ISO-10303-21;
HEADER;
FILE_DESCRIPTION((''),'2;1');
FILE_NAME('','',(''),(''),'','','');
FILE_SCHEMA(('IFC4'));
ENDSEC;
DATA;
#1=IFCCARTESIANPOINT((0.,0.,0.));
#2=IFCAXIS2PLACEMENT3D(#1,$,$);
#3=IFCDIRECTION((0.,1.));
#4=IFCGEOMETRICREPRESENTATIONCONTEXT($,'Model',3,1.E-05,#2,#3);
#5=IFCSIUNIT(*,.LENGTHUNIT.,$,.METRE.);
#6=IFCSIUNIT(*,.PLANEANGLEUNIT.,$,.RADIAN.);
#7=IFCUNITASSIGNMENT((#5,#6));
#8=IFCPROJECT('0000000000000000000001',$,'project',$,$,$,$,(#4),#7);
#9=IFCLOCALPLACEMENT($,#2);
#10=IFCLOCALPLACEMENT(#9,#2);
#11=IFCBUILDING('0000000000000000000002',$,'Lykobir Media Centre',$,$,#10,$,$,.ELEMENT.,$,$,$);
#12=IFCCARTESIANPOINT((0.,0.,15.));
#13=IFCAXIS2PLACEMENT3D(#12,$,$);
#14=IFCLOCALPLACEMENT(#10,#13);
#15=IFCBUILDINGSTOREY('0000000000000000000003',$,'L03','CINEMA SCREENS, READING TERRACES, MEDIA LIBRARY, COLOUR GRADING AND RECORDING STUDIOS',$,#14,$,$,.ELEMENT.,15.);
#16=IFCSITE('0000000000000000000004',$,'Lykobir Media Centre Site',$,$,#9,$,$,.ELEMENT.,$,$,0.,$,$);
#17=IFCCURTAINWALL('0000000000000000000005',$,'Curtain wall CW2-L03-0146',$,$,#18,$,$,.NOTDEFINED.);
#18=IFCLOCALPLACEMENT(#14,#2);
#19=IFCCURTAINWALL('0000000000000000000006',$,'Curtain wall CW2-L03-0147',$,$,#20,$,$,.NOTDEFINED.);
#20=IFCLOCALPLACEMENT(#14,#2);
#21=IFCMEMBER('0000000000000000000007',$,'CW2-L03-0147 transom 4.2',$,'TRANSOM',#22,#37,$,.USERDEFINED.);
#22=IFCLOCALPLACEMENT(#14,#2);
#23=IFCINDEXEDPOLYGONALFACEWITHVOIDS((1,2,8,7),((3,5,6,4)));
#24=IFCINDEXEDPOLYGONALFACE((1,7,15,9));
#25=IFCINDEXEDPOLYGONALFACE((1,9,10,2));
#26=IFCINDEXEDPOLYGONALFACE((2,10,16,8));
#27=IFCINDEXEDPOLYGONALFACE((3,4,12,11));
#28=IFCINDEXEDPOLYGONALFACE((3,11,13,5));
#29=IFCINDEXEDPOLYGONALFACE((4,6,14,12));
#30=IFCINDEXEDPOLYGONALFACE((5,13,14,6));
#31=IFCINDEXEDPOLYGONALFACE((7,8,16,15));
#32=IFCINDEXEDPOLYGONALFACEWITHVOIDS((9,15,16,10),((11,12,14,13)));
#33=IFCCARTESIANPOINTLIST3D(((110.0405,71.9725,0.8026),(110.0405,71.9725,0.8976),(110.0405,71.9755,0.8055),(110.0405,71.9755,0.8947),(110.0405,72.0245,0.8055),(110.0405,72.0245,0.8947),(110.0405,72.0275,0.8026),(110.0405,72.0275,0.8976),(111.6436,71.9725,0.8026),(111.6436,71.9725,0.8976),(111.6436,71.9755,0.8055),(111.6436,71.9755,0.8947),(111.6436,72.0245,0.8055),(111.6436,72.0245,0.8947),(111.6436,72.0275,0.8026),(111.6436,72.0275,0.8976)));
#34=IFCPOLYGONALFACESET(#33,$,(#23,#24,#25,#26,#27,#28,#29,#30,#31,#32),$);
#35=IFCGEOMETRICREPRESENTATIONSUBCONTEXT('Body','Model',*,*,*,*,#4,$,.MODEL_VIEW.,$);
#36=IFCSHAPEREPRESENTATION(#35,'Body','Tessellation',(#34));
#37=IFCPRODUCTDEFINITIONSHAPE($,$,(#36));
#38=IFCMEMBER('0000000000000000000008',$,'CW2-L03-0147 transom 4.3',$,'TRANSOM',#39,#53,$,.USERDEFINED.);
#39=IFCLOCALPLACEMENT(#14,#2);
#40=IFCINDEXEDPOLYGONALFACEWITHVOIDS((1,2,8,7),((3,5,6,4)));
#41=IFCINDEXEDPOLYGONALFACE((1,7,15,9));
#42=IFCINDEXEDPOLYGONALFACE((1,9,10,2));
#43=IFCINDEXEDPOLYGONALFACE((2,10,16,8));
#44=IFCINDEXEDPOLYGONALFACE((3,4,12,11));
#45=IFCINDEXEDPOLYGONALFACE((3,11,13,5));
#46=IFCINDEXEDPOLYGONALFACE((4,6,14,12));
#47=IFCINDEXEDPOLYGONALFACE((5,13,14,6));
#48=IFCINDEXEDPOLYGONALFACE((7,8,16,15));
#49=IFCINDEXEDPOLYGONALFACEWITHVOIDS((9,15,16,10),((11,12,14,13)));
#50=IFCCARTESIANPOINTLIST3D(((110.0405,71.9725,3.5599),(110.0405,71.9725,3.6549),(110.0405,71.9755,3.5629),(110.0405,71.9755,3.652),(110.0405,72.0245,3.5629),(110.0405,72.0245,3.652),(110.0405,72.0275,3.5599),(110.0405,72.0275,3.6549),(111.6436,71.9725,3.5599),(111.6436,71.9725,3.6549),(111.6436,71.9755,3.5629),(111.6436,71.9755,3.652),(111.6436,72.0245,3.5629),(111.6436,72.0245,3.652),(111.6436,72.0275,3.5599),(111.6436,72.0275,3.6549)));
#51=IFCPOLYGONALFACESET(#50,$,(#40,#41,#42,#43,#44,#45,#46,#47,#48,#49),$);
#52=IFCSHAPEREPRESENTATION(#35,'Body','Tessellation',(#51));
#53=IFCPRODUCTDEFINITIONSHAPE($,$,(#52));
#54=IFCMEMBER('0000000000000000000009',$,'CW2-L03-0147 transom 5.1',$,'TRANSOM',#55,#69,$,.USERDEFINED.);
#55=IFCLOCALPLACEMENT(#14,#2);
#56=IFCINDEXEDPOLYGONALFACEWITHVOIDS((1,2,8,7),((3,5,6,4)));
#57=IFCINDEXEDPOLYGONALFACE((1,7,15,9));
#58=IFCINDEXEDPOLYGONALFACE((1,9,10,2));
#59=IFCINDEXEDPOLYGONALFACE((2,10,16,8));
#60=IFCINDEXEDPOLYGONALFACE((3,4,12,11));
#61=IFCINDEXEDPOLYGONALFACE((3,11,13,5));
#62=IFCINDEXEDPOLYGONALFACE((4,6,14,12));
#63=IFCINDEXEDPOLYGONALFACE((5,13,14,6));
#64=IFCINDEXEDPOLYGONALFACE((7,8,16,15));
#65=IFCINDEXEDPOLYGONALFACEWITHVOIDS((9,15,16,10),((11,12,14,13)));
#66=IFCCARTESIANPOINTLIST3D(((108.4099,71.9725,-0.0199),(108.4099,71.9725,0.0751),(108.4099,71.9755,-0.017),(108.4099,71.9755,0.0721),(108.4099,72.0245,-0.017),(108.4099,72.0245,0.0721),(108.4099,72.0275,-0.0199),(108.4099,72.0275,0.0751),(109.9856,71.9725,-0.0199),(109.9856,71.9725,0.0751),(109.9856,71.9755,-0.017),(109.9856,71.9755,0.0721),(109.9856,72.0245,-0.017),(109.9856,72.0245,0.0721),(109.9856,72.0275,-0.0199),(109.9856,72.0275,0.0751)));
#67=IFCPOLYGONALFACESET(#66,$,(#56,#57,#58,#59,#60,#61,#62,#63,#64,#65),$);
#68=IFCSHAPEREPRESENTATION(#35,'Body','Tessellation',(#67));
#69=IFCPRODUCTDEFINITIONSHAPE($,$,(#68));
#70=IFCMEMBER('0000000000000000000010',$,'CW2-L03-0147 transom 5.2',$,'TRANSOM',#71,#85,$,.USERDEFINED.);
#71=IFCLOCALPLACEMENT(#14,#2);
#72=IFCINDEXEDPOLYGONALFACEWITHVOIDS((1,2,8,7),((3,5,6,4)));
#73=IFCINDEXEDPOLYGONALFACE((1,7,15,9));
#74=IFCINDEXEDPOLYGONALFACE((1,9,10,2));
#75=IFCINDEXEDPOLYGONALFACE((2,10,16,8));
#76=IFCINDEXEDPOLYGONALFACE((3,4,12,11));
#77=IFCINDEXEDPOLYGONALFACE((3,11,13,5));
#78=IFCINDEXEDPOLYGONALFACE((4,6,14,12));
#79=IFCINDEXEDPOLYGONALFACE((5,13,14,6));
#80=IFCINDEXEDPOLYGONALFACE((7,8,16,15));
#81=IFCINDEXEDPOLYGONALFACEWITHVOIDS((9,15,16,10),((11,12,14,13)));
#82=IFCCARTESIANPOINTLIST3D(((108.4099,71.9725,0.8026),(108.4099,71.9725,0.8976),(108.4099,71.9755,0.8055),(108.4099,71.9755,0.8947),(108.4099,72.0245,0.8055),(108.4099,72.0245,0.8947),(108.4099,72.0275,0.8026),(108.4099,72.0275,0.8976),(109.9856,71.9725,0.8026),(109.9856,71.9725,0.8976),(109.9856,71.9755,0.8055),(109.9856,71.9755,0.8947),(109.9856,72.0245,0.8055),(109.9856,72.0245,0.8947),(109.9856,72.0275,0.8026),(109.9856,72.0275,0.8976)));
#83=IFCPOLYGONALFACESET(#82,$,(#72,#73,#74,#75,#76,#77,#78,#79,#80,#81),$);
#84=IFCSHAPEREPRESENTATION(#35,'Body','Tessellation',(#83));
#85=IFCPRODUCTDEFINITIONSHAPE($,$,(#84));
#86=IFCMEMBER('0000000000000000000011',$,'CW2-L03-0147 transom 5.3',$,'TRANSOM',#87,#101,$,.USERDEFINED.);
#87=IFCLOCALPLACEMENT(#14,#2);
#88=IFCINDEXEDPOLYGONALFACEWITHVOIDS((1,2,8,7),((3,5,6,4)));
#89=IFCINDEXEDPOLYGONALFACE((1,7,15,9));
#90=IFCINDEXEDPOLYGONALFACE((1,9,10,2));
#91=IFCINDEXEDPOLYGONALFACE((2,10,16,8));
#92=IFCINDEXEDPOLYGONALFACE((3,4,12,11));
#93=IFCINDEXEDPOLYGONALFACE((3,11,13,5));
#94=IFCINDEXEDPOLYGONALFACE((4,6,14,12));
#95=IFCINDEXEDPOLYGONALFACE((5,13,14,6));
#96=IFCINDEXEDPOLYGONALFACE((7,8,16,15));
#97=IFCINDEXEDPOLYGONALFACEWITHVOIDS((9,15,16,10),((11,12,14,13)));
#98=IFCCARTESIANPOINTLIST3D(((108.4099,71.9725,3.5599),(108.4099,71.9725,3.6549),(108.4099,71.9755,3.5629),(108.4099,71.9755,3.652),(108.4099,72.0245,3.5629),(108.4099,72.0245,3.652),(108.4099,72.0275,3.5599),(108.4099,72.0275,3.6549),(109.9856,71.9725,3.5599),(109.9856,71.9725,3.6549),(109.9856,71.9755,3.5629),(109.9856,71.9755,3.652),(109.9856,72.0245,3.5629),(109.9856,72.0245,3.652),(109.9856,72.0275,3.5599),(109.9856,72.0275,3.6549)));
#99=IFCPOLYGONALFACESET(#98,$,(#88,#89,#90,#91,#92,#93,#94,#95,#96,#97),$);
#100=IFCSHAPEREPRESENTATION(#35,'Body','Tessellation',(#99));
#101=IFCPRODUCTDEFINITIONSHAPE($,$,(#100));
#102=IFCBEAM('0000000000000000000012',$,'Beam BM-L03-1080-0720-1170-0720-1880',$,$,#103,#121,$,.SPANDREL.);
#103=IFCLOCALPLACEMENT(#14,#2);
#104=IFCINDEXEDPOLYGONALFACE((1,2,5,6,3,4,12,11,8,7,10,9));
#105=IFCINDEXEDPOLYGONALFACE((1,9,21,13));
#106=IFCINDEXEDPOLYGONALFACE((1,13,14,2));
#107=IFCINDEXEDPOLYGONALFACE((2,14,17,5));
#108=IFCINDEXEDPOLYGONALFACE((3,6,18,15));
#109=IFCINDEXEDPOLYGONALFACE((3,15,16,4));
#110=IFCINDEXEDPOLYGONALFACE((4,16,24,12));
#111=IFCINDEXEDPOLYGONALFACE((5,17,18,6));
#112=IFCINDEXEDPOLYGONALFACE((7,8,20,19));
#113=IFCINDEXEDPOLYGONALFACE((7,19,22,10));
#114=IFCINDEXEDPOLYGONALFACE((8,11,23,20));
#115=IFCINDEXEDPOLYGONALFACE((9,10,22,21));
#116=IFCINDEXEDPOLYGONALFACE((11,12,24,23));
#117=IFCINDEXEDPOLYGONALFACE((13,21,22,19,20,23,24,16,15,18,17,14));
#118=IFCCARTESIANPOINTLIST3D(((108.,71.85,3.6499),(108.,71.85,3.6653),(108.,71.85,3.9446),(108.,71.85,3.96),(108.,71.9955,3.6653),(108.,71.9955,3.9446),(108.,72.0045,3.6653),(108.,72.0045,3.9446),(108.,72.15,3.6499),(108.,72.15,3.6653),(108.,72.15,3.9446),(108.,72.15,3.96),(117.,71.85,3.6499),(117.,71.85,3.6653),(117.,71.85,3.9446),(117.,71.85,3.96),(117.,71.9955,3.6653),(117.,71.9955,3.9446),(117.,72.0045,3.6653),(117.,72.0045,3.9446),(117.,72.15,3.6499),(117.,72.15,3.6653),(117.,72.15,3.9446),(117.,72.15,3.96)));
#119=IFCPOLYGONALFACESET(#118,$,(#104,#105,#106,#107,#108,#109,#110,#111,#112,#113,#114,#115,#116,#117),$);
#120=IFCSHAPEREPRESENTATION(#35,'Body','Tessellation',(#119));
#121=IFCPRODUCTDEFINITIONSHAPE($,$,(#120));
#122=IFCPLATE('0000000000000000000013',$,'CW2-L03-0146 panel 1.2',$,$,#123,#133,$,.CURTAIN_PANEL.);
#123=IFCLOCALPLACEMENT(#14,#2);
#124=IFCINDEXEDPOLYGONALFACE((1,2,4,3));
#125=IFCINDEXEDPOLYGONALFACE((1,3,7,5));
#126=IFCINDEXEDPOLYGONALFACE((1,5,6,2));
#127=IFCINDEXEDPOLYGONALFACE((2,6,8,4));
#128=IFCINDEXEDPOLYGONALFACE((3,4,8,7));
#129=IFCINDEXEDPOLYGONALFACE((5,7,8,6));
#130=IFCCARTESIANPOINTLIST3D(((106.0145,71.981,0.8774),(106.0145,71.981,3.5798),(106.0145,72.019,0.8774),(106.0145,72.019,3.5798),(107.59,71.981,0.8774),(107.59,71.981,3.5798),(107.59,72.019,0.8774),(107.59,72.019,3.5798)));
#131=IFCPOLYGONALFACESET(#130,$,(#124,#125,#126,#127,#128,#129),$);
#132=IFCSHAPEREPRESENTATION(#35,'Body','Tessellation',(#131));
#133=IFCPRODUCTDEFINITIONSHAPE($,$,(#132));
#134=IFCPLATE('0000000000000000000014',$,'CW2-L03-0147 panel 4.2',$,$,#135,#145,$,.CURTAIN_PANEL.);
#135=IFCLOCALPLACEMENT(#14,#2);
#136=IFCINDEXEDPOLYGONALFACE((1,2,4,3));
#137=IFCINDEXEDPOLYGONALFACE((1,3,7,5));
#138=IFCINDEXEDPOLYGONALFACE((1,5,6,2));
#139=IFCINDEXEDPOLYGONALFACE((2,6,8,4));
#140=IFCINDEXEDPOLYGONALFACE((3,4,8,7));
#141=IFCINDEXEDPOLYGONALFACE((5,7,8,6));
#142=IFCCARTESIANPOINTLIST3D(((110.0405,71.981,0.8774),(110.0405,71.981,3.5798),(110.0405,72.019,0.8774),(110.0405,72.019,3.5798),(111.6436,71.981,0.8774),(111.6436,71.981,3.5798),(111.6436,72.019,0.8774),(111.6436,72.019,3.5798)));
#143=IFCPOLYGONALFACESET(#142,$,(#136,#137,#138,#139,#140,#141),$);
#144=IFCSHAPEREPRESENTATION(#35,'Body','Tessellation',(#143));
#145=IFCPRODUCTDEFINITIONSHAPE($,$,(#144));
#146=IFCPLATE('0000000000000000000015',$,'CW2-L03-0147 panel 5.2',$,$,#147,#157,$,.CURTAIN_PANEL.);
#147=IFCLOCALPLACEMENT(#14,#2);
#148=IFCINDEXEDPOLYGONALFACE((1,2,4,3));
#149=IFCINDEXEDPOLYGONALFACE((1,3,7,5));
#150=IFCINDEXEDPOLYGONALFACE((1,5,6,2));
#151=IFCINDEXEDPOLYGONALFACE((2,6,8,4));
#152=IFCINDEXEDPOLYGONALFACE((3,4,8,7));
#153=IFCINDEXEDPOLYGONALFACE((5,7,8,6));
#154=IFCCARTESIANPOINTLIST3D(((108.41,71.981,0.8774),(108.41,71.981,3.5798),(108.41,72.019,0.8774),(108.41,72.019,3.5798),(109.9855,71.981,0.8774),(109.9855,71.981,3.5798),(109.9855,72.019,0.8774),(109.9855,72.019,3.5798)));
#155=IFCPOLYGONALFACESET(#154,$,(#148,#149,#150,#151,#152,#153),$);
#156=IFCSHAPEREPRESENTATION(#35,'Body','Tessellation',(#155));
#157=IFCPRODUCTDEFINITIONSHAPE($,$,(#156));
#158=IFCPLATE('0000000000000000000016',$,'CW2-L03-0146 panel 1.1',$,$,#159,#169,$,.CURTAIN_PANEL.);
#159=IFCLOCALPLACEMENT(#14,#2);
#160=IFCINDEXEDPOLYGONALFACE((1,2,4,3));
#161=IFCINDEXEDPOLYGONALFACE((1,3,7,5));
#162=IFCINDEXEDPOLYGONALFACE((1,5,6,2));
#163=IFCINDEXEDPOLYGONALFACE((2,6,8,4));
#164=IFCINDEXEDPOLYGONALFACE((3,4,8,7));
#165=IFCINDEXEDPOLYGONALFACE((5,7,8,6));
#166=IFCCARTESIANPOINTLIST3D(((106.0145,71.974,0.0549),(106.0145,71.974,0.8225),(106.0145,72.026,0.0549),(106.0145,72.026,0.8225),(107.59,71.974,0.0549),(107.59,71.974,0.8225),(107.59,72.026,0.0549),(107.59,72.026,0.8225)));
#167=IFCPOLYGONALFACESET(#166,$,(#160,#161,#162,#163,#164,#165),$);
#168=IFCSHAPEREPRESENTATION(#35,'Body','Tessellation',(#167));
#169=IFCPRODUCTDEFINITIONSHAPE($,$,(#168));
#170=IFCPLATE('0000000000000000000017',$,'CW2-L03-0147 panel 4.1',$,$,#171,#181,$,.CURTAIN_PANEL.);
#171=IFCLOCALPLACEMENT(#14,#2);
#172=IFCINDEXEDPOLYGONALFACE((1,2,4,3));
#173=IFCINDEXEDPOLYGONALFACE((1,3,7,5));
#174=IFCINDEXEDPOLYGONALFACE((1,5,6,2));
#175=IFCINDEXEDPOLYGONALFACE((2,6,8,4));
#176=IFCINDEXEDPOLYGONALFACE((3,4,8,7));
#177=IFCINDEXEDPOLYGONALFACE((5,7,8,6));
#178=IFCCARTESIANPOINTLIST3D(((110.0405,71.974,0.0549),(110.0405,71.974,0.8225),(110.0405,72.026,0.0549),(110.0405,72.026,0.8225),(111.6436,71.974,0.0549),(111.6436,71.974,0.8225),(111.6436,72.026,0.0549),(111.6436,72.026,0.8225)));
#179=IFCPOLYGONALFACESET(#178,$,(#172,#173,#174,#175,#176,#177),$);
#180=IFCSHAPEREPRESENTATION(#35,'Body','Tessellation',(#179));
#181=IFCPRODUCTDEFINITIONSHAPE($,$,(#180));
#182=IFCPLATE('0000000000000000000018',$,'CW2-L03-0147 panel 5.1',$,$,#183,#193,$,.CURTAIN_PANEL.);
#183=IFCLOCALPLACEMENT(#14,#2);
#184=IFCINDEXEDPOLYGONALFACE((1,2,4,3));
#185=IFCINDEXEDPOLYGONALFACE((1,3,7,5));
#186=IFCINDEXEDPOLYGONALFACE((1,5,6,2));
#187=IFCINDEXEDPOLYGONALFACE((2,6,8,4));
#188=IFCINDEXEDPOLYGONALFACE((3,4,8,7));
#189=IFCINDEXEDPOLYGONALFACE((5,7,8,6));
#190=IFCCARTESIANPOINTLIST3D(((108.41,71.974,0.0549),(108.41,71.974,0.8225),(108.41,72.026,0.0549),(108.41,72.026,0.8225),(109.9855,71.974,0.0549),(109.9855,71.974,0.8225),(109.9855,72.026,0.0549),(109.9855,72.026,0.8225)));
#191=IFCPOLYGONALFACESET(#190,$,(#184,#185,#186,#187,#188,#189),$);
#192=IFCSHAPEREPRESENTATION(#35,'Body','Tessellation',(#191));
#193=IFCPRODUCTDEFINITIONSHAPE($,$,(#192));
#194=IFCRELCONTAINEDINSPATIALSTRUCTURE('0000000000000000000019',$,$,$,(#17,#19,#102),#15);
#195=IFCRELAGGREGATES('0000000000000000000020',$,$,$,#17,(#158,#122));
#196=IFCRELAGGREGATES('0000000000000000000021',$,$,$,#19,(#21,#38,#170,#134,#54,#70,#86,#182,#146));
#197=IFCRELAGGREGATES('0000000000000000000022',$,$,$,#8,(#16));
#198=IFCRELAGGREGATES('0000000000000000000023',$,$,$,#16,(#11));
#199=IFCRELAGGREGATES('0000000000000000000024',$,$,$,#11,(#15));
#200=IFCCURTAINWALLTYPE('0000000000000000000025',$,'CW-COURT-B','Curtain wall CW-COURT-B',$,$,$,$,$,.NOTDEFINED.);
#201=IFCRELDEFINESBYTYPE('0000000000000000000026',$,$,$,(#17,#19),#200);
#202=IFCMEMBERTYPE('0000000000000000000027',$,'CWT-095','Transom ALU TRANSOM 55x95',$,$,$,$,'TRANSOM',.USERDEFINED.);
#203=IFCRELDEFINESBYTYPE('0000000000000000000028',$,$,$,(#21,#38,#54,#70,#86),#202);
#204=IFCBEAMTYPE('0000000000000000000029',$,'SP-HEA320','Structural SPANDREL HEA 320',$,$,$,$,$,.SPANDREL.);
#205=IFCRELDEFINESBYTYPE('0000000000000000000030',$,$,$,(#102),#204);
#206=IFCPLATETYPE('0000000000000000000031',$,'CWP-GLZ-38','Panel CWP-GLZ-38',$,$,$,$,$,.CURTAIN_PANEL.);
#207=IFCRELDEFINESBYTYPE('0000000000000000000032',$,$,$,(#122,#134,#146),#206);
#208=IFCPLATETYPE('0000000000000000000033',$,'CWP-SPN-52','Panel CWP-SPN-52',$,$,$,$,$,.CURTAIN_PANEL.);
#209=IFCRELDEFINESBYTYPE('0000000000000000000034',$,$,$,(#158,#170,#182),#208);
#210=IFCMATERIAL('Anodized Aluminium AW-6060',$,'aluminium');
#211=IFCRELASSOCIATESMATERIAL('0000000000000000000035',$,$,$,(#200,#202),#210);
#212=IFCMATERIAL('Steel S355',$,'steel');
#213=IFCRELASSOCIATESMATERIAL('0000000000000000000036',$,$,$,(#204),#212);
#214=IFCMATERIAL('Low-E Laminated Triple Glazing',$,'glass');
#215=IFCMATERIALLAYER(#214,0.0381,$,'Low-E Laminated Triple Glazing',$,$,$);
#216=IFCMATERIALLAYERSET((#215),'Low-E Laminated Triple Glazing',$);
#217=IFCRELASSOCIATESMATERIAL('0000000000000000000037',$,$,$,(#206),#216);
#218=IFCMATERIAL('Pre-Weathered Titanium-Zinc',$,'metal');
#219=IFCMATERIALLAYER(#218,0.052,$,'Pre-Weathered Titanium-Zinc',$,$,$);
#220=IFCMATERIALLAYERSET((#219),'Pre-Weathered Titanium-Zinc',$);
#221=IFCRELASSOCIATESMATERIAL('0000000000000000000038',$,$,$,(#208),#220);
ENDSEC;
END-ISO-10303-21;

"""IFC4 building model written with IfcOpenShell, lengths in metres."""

from ifc_helpers import new_model, si_unit, direction, frame, origin, origin_2d, place, context, subcontext, project, spatial, rectangle, hollow_rectangle, i_section, extrude, material, layer, layer_set, material_profile, profile_set, type_object, element, aggregate, save


model = new_model("IFC4")

# Units and contexts
model_context = context("Model", 3, precision=1e-05, world=origin(), true_north=direction((0.0, 1.0)))
body_context = subcontext(model_context, "Body", "Model", "MODEL_VIEW")
ifc_project = project(units=[si_unit("LENGTHUNIT", "METRE"), si_unit("PLANEANGLEUNIT", "RADIAN")], contexts=[model_context])

# Site, building, storey
site_placement = place(None, origin())
site = spatial("IfcSite", under=ifc_project, at=site_placement, Name="Lykobir Media Centre Site", CompositionType="ELEMENT", RefElevation=0.0)
building_placement = place(site_placement, origin())
building = spatial("IfcBuilding", under=site, at=building_placement, Name="Lykobir Media Centre", CompositionType="ELEMENT")
storey_placement = place(building_placement, frame((0.0, 0.0, 15.0)))
storey = spatial("IfcBuildingStorey", under=building, at=storey_placement, Name="L03", Description="CINEMA SCREENS, READING TERRACES, MEDIA LIBRARY, COLOUR GRADING AND RECORDING STUDIOS", CompositionType="ELEMENT", Elevation=15.0)

# Shared definitions
ifc_material_1 = material(Name="Steel S355", Category="steel")

# Curtain wall
ifc_material_2 = material(Name="Anodized Aluminium AW-6060", Category="aluminium")
curtain_wall_type = type_object("IfcCurtainWallType", Name="CW-COURT-B", Description="Curtain wall CW-COURT-B", PredefinedType="NOTDEFINED", material=ifc_material_2)
curtain_wall_1_placement = place(storey_placement, origin())
curtain_wall_1 = element("IfcCurtainWall", 1, at=curtain_wall_1_placement, inside=storey, type_object=curtain_wall_type, Name="Curtain wall CW2-L03-0146", PredefinedType="NOTDEFINED")

# Curtain wall
curtain_wall_2_placement = place(storey_placement, origin())
curtain_wall_2 = element("IfcCurtainWall", 2, at=curtain_wall_2_placement, inside=storey, type_object=curtain_wall_type, Name="Curtain wall CW2-L03-0147", PredefinedType="NOTDEFINED")

# Members
ifc_material_profile_1 = material_profile(ifc_material_2, hollow_rectangle(XDim=0.0549, YDim=0.095, WallThickness=0.0029, at=origin_2d()), Name="ALU TRANSOM 55x95")
ifc_profile_set_1 = profile_set([ifc_material_profile_1], Name="Anodized Aluminium AW-6060")
member_type_1 = type_object("IfcMemberType", Name="CWT-095", Description="Transom ALU TRANSOM 55x95", ElementType="TRANSOM", PredefinedType="USERDEFINED", material=ifc_profile_set_1)
member_1_placement = place(storey_placement, frame((111.6436, 72.0, 0.8501), z_axis=(-1.0, 0.0, 0.0), x_axis=(0.0, -1.0, 0.0)))
member_1 = element("IfcMember", 3, at=member_1_placement, type_object=member_type_1, Name="CW2-L03-0147 transom 4.2", ObjectType="TRANSOM", PredefinedType="USERDEFINED", context=body_context, shape_type="SweptSolid", body=[
    extrude(hollow_rectangle(XDim=0.0549, YDim=0.095, WallThickness=0.0029, at=origin_2d()), origin(), (0.0, 0.0, 1.0), 1.603),
])
member_2_placement = place(storey_placement, frame((111.6436, 72.0, 3.6074), z_axis=(-1.0, 0.0, 0.0), x_axis=(0.0, -1.0, 0.0)))
member_2 = element("IfcMember", 4, at=member_2_placement, type_object=member_type_1, Name="CW2-L03-0147 transom 4.3", ObjectType="TRANSOM", PredefinedType="USERDEFINED", context=body_context, shape_type="SweptSolid", body=[
    extrude(hollow_rectangle(XDim=0.0549, YDim=0.095, WallThickness=0.0029, at=origin_2d()), origin(), (0.0, 0.0, 1.0), 1.603),
])
member_3_placement = place(storey_placement, frame((109.9856, 72.0, 0.0276), z_axis=(-1.0, 0.0, 0.0), x_axis=(0.0, -1.0, 0.0)))
member_3 = element("IfcMember", 5, at=member_3_placement, type_object=member_type_1, Name="CW2-L03-0147 transom 5.1", ObjectType="TRANSOM", PredefinedType="USERDEFINED", context=body_context, shape_type="SweptSolid", body=[
    extrude(hollow_rectangle(XDim=0.0549, YDim=0.095, WallThickness=0.0029, at=origin_2d()), origin(), (0.0, 0.0, 1.0), 1.5757),
])
member_4_placement = place(storey_placement, frame((109.9856, 72.0, 0.8501), z_axis=(-1.0, 0.0, 0.0), x_axis=(0.0, -1.0, 0.0)))
member_4 = element("IfcMember", 6, at=member_4_placement, type_object=member_type_1, Name="CW2-L03-0147 transom 5.2", ObjectType="TRANSOM", PredefinedType="USERDEFINED", context=body_context, shape_type="SweptSolid", body=[
    extrude(hollow_rectangle(XDim=0.0549, YDim=0.095, WallThickness=0.0029, at=origin_2d()), origin(), (0.0, 0.0, 1.0), 1.5757),
])
member_5_placement = place(storey_placement, frame((109.9856, 72.0, 3.6074), z_axis=(-1.0, 0.0, 0.0), x_axis=(0.0, -1.0, 0.0)))
member_5 = element("IfcMember", 7, at=member_5_placement, type_object=member_type_1, Name="CW2-L03-0147 transom 5.3", ObjectType="TRANSOM", PredefinedType="USERDEFINED", context=body_context, shape_type="SweptSolid", body=[
    extrude(hollow_rectangle(XDim=0.0549, YDim=0.095, WallThickness=0.0029, at=origin_2d()), origin(), (0.0, 0.0, 1.0), 1.5757),
])

# Beam
ifc_material_profile_2 = material_profile(ifc_material_1, i_section(OverallWidth=0.3, OverallDepth=0.3101, WebThickness=0.009, FlangeThickness=0.0154, at=origin_2d()), Name="HEA 320")
ifc_profile_set_2 = profile_set([ifc_material_profile_2], Name="Steel S355")
beam_type_1 = type_object("IfcBeamType", Name="SP-HEA320", Description="Structural SPANDREL HEA 320", PredefinedType="SPANDREL", material=ifc_profile_set_2)
beam_1_placement = place(storey_placement, frame((108.0, 72.0, 3.8049), z_axis=(1.0, 0.0, 0.0), x_axis=(0.0, 1.0, 0.0)))
element("IfcBeam", 8, at=beam_1_placement, inside=storey, type_object=beam_type_1, Name="Beam BM-L03-1080-0720-1170-0720-1880", PredefinedType="SPANDREL", context=body_context, shape_type="SweptSolid", body=[
    extrude(i_section(OverallWidth=0.3, OverallDepth=0.3101, WebThickness=0.009, FlangeThickness=0.0154, at=origin_2d()), origin(), (0.0, 0.0, 1.0), 9.0),
])

# Plates
ifc_material_3 = material(Name="Low-E Laminated Triple Glazing", Category="glass")
ifc_layer_1 = layer(ifc_material_3, 0.0381, Name="Low-E Laminated Triple Glazing")
ifc_layer_set_1 = layer_set([ifc_layer_1], Name="Low-E Laminated Triple Glazing")
plate_type_1 = type_object("IfcPlateType", Name="CWP-GLZ-38", Description="Panel CWP-GLZ-38", PredefinedType="CURTAIN_PANEL", material=ifc_layer_set_1)
plate_1_placement = place(storey_placement, frame((106.8022, 72.0, 0.8774), z_axis=(0.0, 0.0, 1.0), x_axis=(-1.0, 0.0, 0.0)))
plate_1 = element("IfcPlate", 9, at=plate_1_placement, type_object=plate_type_1, Name="CW2-L03-0146 panel 1.2", PredefinedType="CURTAIN_PANEL", context=body_context, shape_type="SweptSolid", body=[
    extrude(rectangle(XDim=1.5754, YDim=0.0381, at=origin_2d()), origin(), (0.0, 0.0, 1.0), 2.7024),
])
plate_2_placement = place(storey_placement, frame((110.842, 72.0, 0.8774), z_axis=(0.0, 0.0, 1.0), x_axis=(-1.0, 0.0, 0.0)))
plate_2 = element("IfcPlate", 10, at=plate_2_placement, type_object=plate_type_1, Name="CW2-L03-0147 panel 4.2", PredefinedType="CURTAIN_PANEL", context=body_context, shape_type="SweptSolid", body=[
    extrude(rectangle(XDim=1.603, YDim=0.0381, at=origin_2d()), origin(), (0.0, 0.0, 1.0), 2.7024),
])
plate_3_placement = place(storey_placement, frame((109.1978, 72.0, 0.8774), z_axis=(0.0, 0.0, 1.0), x_axis=(-1.0, 0.0, 0.0)))
plate_3 = element("IfcPlate", 11, at=plate_3_placement, type_object=plate_type_1, Name="CW2-L03-0147 panel 5.2", PredefinedType="CURTAIN_PANEL", context=body_context, shape_type="SweptSolid", body=[
    extrude(rectangle(XDim=1.5754, YDim=0.0381, at=origin_2d()), origin(), (0.0, 0.0, 1.0), 2.7024),
])
ifc_material_4 = material(Name="Pre-Weathered Titanium-Zinc", Category="metal")
ifc_layer_2 = layer(ifc_material_4, 0.052, Name="Pre-Weathered Titanium-Zinc")
ifc_layer_set_2 = layer_set([ifc_layer_2], Name="Pre-Weathered Titanium-Zinc")
plate_type_2 = type_object("IfcPlateType", Name="CWP-SPN-52", Description="Panel CWP-SPN-52", PredefinedType="CURTAIN_PANEL", material=ifc_layer_set_2)
plate_4_placement = place(storey_placement, frame((106.8022, 72.0, 0.0549), z_axis=(0.0, 0.0, 1.0), x_axis=(-1.0, 0.0, 0.0)))
plate_4 = element("IfcPlate", 12, at=plate_4_placement, type_object=plate_type_2, Name="CW2-L03-0146 panel 1.1", PredefinedType="CURTAIN_PANEL", context=body_context, shape_type="SweptSolid", body=[
    extrude(rectangle(XDim=1.5754, YDim=0.052, at=origin_2d()), origin(), (0.0, 0.0, 1.0), 0.7676),
])
aggregate(curtain_wall_1, [plate_4, plate_1])
plate_5_placement = place(storey_placement, frame((110.842, 72.0, 0.0549), z_axis=(0.0, 0.0, 1.0), x_axis=(-1.0, 0.0, 0.0)))
plate_5 = element("IfcPlate", 13, at=plate_5_placement, type_object=plate_type_2, Name="CW2-L03-0147 panel 4.1", PredefinedType="CURTAIN_PANEL", context=body_context, shape_type="SweptSolid", body=[
    extrude(rectangle(XDim=1.603, YDim=0.052, at=origin_2d()), origin(), (0.0, 0.0, 1.0), 0.7676),
])
plate_6_placement = place(storey_placement, frame((109.1978, 72.0, 0.0549), z_axis=(0.0, 0.0, 1.0), x_axis=(-1.0, 0.0, 0.0)))
plate_6 = element("IfcPlate", 14, at=plate_6_placement, type_object=plate_type_2, Name="CW2-L03-0147 panel 5.1", PredefinedType="CURTAIN_PANEL", context=body_context, shape_type="SweptSolid", body=[
    extrude(rectangle(XDim=1.5754, YDim=0.052, at=origin_2d()), origin(), (0.0, 0.0, 1.0), 0.7676),
])
aggregate(curtain_wall_2, [member_1, member_2, plate_5, plate_2, member_3, member_4, member_5, plate_6, plate_3])

save(model, "model.ifc")
